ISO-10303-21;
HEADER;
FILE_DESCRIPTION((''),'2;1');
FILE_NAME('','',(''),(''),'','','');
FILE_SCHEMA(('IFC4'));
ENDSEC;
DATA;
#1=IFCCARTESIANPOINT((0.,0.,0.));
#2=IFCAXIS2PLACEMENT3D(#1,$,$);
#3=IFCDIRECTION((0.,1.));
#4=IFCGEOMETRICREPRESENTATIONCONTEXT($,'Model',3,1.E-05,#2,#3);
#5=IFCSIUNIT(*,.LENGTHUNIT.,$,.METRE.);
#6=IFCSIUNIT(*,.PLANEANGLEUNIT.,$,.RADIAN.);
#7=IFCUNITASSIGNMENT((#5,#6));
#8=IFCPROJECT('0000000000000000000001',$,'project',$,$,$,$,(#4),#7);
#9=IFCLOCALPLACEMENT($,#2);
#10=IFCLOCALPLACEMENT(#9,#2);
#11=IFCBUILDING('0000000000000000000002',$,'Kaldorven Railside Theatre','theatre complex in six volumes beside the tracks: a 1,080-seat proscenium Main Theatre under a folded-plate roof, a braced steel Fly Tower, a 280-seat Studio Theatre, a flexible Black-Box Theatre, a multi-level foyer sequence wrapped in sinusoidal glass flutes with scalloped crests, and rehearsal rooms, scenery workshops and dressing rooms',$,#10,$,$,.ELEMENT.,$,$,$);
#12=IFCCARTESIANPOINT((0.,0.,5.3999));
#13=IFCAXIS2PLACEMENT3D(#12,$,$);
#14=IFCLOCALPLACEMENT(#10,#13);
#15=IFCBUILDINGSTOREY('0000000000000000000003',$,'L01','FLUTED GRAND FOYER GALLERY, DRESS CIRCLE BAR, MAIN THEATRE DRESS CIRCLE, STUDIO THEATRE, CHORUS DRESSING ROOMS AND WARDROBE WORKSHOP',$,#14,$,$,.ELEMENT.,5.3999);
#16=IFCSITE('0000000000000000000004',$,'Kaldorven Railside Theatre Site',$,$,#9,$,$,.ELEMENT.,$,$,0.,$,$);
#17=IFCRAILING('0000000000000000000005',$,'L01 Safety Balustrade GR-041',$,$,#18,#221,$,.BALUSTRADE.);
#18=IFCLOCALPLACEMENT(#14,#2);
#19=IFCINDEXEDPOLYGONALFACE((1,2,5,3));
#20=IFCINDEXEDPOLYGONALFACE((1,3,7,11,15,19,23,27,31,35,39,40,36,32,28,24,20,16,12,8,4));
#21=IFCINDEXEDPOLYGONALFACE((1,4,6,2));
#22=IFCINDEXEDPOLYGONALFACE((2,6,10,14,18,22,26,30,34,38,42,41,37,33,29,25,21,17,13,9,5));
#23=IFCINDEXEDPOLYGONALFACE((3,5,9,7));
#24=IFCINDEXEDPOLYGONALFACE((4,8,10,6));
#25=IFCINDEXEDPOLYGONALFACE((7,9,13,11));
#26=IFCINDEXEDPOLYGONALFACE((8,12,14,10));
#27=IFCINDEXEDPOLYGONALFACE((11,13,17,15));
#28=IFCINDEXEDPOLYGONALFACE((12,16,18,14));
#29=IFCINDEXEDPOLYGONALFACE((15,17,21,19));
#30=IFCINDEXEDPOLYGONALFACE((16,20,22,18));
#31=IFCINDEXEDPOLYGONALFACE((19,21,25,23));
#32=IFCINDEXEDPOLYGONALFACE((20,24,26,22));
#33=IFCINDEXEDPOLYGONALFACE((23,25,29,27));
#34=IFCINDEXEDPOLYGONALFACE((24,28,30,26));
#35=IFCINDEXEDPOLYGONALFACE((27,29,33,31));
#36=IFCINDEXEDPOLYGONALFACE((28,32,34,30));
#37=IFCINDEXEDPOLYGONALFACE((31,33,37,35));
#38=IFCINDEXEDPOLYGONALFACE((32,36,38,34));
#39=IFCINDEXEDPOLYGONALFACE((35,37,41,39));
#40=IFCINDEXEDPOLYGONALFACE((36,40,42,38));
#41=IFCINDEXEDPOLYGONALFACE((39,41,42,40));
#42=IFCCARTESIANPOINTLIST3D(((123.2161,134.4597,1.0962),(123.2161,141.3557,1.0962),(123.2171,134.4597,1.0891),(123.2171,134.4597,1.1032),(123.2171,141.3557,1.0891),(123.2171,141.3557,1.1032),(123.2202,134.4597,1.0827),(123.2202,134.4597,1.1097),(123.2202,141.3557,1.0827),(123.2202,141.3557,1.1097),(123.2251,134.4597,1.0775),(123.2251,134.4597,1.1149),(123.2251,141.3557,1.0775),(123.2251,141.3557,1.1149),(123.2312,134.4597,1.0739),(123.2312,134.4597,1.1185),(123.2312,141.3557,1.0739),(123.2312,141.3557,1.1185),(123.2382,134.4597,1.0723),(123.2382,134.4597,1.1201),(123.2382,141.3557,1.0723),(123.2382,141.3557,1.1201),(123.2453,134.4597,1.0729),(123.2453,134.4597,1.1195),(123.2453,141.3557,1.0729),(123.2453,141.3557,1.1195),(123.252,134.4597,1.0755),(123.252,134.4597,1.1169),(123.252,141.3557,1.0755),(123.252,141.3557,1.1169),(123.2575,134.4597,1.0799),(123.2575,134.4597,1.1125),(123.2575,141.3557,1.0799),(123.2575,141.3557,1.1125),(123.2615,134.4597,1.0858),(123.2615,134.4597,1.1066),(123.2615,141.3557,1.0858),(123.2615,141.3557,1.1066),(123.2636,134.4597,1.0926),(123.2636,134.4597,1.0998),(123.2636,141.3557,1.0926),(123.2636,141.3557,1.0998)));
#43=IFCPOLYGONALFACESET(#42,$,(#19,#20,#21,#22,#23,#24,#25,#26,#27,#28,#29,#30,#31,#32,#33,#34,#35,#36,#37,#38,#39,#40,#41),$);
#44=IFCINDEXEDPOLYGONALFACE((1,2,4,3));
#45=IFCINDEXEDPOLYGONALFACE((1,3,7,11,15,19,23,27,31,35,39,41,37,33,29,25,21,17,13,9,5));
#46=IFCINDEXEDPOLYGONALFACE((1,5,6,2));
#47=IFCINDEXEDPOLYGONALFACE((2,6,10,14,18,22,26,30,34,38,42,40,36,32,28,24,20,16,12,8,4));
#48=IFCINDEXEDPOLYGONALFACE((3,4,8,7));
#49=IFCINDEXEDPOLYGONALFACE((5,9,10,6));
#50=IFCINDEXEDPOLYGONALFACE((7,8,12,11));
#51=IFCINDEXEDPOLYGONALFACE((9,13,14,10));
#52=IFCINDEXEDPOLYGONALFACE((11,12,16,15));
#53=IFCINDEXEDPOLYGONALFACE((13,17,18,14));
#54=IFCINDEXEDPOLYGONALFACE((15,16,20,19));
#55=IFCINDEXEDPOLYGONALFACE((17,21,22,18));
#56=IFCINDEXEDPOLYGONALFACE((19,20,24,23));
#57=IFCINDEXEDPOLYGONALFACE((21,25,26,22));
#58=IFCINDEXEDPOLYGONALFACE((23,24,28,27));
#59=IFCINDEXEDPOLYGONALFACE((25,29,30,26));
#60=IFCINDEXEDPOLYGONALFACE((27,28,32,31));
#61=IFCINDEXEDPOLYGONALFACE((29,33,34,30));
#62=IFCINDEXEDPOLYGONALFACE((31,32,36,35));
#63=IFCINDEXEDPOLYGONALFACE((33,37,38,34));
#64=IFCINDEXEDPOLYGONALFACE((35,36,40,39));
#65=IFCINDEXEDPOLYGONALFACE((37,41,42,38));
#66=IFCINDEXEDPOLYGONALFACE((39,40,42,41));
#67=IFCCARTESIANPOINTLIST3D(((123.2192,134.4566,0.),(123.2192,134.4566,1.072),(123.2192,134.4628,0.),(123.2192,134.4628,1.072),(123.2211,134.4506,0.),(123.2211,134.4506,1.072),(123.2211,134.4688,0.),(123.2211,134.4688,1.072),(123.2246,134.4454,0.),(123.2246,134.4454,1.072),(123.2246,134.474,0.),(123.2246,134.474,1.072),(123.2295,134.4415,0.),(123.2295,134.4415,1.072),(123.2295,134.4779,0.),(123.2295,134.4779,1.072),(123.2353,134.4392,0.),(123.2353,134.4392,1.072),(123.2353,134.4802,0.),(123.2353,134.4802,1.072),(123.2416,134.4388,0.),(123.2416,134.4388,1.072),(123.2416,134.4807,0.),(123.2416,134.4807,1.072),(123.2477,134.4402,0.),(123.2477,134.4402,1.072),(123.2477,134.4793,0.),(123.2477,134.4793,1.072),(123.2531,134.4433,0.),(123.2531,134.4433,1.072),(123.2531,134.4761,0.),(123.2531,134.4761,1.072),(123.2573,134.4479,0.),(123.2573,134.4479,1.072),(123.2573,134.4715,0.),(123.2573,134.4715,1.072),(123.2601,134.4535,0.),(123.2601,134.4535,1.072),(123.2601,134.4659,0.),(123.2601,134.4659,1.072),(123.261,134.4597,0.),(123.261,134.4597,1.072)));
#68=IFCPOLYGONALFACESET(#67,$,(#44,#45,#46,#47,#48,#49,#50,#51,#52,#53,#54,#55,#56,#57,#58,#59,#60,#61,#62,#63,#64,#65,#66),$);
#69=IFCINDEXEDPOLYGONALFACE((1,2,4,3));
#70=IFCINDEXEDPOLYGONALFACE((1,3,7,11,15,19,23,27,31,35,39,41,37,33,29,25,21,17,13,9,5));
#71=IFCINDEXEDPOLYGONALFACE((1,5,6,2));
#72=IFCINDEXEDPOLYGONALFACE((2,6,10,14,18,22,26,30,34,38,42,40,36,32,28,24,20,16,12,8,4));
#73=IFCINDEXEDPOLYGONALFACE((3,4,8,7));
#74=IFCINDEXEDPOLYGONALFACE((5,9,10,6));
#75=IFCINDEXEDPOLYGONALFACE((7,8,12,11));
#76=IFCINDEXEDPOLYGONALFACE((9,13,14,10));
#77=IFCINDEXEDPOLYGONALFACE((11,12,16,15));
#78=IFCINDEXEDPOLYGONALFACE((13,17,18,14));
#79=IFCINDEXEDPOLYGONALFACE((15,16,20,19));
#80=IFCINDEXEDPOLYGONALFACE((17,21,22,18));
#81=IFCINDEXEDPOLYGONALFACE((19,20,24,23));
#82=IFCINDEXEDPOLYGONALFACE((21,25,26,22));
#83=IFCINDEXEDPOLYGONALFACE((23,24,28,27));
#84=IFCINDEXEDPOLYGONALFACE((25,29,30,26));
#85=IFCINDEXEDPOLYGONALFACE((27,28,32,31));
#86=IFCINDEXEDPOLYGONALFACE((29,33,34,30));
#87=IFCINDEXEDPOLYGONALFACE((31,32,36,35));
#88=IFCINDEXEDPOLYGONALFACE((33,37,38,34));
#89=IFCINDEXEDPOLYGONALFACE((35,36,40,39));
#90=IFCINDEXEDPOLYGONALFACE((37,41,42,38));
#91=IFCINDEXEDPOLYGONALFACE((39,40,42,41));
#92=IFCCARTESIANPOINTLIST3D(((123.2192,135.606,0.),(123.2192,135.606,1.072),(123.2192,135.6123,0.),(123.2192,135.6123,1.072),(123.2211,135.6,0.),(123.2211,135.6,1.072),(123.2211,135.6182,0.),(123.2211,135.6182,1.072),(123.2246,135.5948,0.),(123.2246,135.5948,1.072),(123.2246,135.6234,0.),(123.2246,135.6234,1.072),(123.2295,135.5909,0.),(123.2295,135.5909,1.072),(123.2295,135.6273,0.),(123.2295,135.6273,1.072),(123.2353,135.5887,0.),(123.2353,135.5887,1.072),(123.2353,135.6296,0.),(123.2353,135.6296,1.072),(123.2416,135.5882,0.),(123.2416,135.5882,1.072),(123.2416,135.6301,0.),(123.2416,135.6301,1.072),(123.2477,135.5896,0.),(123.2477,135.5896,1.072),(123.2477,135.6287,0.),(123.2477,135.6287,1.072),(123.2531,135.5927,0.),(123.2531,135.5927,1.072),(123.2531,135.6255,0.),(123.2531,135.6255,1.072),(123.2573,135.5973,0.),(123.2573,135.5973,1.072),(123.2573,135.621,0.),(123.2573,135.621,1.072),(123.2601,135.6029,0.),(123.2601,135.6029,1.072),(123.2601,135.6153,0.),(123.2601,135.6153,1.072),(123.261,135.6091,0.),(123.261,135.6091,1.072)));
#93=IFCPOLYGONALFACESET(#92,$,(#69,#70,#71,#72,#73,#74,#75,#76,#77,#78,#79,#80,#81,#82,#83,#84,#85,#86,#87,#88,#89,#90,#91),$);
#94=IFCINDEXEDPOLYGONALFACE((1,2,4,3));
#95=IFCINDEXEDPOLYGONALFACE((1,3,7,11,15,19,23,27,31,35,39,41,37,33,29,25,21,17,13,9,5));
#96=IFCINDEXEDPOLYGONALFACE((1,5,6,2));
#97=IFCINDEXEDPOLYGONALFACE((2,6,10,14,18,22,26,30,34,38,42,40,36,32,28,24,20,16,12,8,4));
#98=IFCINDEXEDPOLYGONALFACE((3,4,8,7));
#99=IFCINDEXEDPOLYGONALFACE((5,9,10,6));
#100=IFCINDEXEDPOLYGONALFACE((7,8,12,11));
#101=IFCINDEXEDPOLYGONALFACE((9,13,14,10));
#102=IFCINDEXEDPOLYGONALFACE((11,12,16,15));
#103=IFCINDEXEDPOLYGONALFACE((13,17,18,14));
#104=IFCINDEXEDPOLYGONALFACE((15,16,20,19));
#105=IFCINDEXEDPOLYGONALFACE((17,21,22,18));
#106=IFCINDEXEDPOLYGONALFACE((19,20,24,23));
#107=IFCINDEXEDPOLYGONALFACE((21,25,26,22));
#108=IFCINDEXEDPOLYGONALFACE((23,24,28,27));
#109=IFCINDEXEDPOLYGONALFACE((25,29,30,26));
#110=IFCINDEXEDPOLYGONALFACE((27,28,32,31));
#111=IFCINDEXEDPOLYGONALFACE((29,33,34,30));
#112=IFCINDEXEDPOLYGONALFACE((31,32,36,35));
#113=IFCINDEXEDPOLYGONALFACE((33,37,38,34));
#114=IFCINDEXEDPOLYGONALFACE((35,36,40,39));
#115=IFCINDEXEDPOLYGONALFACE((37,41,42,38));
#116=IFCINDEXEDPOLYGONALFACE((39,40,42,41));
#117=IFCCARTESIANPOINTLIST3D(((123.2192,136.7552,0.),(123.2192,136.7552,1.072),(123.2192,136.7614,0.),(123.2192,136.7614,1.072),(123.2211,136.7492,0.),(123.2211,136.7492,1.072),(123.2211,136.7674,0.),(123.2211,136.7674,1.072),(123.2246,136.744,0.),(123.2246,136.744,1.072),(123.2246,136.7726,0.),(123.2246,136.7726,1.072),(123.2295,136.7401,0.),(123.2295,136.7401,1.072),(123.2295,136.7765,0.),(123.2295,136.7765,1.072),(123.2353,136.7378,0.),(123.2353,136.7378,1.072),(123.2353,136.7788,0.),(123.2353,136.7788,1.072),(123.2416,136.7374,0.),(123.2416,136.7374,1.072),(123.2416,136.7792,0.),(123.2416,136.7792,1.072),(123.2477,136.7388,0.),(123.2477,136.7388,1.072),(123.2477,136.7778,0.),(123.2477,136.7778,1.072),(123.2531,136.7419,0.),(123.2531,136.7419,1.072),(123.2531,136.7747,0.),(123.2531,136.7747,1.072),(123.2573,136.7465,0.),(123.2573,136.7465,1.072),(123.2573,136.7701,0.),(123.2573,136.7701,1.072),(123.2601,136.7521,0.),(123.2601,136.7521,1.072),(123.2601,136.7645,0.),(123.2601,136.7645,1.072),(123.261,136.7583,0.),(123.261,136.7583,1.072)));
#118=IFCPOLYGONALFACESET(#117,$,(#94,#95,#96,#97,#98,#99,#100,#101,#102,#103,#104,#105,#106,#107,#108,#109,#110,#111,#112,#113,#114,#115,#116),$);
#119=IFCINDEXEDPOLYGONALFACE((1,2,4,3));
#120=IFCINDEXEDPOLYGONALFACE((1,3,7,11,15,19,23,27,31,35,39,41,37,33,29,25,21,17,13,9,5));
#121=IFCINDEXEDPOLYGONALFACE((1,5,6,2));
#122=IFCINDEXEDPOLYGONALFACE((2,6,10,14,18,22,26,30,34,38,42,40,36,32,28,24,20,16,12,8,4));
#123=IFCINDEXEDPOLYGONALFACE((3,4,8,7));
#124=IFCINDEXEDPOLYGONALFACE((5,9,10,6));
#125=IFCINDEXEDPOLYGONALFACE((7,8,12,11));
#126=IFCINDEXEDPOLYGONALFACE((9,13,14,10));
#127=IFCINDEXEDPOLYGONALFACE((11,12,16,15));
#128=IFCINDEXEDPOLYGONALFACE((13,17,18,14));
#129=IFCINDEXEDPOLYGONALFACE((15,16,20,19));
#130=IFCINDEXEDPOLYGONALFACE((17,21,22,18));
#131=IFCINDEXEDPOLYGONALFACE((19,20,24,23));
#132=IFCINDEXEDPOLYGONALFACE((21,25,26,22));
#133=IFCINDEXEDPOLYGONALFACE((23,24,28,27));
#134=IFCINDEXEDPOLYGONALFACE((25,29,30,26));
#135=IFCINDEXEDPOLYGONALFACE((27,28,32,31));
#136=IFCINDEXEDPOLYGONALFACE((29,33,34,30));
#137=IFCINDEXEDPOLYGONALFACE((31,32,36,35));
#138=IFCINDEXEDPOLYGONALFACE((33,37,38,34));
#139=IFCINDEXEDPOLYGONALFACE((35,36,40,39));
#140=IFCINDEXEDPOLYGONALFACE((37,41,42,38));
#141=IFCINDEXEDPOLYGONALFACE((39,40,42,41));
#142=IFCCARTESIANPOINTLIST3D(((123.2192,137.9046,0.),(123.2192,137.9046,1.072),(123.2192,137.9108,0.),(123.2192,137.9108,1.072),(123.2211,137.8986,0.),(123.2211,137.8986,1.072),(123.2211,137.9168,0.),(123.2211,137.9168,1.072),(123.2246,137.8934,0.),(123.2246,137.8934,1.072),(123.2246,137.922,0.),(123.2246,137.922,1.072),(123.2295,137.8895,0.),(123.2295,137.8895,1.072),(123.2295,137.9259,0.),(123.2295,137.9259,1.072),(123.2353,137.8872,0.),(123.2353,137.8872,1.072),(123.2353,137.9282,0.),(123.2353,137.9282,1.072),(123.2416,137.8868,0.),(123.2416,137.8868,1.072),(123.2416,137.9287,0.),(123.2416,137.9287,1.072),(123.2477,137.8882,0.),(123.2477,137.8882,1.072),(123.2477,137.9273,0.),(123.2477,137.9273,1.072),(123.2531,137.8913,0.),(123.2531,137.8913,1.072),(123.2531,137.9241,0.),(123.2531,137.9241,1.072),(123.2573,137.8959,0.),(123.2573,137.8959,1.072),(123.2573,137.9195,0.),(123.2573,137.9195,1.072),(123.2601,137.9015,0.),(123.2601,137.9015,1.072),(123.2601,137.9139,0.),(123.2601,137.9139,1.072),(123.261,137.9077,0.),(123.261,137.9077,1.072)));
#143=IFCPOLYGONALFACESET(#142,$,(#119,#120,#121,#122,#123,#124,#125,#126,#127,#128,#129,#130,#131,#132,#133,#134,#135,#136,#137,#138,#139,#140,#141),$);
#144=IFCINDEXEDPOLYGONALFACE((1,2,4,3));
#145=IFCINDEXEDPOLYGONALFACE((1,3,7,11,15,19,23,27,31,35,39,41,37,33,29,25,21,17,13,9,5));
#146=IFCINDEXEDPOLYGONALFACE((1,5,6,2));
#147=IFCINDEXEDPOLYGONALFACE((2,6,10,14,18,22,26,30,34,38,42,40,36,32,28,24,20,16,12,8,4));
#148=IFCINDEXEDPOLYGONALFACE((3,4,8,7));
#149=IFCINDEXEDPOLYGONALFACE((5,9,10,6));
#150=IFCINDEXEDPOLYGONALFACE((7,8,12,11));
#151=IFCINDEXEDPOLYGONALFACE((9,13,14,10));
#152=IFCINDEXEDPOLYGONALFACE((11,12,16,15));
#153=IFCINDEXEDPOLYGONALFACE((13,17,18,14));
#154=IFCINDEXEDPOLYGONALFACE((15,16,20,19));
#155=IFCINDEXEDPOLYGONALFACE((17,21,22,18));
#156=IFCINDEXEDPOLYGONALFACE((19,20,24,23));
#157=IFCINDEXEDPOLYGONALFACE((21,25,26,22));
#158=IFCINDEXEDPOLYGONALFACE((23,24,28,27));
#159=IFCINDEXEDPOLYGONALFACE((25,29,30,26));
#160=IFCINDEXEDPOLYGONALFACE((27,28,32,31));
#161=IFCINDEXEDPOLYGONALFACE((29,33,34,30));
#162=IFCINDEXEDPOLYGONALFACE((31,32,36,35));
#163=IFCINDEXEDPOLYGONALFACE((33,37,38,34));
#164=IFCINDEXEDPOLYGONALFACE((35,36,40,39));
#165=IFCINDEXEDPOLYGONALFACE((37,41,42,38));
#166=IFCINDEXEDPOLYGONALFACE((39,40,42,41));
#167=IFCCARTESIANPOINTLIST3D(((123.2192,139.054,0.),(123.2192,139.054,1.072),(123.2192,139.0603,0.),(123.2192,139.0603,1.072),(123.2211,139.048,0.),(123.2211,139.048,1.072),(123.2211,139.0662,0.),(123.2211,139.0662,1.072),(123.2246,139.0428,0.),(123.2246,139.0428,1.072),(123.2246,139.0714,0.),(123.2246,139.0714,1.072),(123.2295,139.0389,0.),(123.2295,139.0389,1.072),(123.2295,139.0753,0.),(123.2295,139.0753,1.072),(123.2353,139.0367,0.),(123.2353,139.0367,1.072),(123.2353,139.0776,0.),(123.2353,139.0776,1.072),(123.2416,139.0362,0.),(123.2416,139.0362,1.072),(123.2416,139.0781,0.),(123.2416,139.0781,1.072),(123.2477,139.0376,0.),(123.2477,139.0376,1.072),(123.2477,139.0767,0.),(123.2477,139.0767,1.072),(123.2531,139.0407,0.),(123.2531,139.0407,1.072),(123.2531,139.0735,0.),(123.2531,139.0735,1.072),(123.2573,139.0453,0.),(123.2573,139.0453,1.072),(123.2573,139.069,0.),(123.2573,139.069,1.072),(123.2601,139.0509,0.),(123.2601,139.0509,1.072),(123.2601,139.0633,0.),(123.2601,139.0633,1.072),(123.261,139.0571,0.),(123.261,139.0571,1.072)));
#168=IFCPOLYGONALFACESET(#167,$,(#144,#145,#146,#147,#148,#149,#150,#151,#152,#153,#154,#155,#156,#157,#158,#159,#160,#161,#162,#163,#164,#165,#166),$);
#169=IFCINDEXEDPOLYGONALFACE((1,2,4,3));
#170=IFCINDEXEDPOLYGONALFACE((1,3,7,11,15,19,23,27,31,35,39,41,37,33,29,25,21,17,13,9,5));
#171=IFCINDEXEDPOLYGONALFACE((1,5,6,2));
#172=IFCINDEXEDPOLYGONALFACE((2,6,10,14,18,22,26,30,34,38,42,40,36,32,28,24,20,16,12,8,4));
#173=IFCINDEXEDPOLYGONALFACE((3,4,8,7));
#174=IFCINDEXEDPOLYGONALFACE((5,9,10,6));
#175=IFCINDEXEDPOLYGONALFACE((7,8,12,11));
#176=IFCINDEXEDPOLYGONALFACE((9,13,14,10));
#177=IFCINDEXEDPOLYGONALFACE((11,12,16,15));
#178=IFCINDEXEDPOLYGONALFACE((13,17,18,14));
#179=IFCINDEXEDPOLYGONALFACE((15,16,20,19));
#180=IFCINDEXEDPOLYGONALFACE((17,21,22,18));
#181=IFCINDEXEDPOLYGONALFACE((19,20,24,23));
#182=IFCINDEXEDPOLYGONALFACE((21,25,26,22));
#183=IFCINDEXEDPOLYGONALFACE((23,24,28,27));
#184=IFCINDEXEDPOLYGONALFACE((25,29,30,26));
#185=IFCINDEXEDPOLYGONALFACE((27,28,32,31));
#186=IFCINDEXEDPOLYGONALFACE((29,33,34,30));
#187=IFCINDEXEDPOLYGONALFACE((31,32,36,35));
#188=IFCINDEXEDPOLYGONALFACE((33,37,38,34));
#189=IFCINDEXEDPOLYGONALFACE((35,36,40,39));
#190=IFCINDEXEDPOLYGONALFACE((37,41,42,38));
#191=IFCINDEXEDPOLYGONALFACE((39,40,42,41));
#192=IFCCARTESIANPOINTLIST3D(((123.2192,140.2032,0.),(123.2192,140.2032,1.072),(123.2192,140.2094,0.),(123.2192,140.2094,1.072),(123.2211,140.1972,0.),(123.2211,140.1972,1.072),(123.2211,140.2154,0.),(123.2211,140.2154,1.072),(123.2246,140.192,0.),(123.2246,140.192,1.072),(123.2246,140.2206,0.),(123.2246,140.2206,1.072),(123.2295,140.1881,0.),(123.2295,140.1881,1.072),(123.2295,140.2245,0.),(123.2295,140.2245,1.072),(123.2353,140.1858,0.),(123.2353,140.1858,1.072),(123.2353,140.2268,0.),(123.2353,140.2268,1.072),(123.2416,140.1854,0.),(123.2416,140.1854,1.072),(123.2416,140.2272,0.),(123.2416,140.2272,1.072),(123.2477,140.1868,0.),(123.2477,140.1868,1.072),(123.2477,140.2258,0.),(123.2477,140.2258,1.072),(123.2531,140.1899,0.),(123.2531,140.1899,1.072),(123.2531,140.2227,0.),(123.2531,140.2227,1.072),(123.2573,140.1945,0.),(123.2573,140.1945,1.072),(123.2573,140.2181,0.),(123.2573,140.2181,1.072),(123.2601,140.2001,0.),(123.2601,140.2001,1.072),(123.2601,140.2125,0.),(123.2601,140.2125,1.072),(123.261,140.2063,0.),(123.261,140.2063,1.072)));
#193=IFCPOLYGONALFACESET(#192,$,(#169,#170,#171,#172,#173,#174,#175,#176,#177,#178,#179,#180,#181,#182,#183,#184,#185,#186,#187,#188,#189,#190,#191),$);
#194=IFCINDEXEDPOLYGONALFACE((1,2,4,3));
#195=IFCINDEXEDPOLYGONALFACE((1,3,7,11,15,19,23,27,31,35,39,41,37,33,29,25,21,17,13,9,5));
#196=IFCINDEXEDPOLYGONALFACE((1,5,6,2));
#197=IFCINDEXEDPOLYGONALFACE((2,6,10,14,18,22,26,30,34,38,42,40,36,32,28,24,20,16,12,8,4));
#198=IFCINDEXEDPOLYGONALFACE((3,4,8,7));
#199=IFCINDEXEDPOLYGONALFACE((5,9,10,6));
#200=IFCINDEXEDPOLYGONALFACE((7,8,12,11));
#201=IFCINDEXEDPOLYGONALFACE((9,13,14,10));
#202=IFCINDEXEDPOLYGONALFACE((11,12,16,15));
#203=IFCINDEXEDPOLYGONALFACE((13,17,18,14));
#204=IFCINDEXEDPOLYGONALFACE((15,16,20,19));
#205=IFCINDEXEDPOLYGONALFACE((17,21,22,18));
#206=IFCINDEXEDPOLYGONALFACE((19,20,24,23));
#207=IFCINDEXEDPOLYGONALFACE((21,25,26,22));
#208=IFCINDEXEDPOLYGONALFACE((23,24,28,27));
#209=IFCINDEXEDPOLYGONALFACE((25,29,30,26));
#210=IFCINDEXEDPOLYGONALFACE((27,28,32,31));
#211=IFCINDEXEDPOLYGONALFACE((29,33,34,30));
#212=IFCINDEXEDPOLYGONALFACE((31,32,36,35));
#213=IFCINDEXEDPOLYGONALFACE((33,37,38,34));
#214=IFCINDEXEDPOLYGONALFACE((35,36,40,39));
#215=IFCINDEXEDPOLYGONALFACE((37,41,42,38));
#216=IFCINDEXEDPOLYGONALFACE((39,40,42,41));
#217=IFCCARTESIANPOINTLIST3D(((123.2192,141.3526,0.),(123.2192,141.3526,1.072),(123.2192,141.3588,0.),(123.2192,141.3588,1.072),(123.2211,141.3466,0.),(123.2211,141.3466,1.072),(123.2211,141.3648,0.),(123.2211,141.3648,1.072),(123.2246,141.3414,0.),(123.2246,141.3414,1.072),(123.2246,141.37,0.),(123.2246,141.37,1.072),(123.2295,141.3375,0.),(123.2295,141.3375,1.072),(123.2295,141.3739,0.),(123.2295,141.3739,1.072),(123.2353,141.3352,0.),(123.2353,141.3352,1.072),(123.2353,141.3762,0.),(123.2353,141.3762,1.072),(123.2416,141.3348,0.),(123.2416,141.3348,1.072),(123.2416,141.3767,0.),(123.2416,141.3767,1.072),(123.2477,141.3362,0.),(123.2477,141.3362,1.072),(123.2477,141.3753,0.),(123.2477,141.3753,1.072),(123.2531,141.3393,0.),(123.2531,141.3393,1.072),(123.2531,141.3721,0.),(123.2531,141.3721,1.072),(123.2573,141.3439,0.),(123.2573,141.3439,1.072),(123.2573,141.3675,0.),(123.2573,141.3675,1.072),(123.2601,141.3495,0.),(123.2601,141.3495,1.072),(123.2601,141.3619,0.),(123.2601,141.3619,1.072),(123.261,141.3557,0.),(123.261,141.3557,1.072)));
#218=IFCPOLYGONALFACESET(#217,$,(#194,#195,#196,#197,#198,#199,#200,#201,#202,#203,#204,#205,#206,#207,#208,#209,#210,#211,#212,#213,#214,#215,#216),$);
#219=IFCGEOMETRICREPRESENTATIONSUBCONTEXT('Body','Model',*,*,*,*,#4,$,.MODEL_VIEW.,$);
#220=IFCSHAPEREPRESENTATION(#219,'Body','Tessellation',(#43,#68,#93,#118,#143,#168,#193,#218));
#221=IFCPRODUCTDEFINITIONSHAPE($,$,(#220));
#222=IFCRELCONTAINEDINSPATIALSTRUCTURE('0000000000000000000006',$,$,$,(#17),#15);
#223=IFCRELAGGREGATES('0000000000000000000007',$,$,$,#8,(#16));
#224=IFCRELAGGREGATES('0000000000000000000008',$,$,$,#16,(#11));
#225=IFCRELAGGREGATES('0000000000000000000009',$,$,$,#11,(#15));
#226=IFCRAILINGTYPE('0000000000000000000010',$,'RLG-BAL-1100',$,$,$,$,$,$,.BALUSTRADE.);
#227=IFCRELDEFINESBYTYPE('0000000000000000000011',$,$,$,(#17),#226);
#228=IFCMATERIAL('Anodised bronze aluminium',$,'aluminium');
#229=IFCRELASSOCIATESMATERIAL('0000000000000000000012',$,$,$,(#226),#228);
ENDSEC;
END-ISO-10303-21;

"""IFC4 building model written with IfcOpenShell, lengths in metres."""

from ifc_helpers import new_model, si_unit, direction, frame, origin, origin_2d, place, context, subcontext, project, spatial, circle, extrude, material, type_object, element, save


model = new_model("IFC4")

# Units and contexts
model_context = context("Model", 3, precision=1e-05, world=origin(), true_north=direction((0.0, 1.0)))
body_context = subcontext(model_context, "Body", "Model", "MODEL_VIEW")
ifc_project = project(units=[si_unit("LENGTHUNIT", "METRE"), si_unit("PLANEANGLEUNIT", "RADIAN")], contexts=[model_context])

# Site, building, storey
site_placement = place(None, origin())
site = spatial("IfcSite", under=ifc_project, at=site_placement, Name="Kaldorven Railside Theatre Site", CompositionType="ELEMENT", RefElevation=0.0)
building_placement = place(site_placement, origin())
building = spatial("IfcBuilding", under=site, at=building_placement, Name="Kaldorven Railside Theatre", Description="theatre complex in six volumes beside the tracks: a 1,080-seat proscenium Main Theatre under a folded-plate roof, a braced steel Fly Tower, a 280-seat Studio Theatre, a flexible Black-Box Theatre, a multi-level foyer sequence wrapped in sinusoidal glass flutes with scalloped crests, and rehearsal rooms, scenery workshops and dressing rooms", CompositionType="ELEMENT")
storey_placement = place(building_placement, frame((0.0, 0.0, 5.3999)))
storey = spatial("IfcBuildingStorey", under=building, at=storey_placement, Name="L01", Description="FLUTED GRAND FOYER GALLERY, DRESS CIRCLE BAR, MAIN THEATRE DRESS CIRCLE, STUDIO THEATRE, CHORUS DRESSING ROOMS AND WARDROBE WORKSHOP", CompositionType="ELEMENT", Elevation=5.3999)

# Railing
ifc_material_1 = material(Name="Anodised bronze aluminium", Category="aluminium")
railing_type = type_object("IfcRailingType", Name="RLG-BAL-1100", PredefinedType="BALUSTRADE", material=ifc_material_1)
railing_placement = place(storey_placement, frame((123.24, 134.4597, 0.0)))
element("IfcRailing", 1, at=railing_placement, inside=storey, type_object=railing_type, Name="L01 Safety Balustrade GR-041", PredefinedType="BALUSTRADE", context=body_context, shape_type="SweptSolid", body=[
    extrude(circle(Radius=0.0239, at=origin_2d()), frame((0.0, 0.0, 1.0962), z_axis=(0.0, 1.0, 0.0), x_axis=(-1.0, 0.0, 0.0)), (0.0, 0.0, 1.0), 6.896),
    extrude(circle(Radius=0.021, at=origin_2d()), origin(), (0.0, 0.0, 1.0), 1.072),
    extrude(circle(Radius=0.021, at=origin_2d()), frame((0.0, 1.1494, 0.0)), (0.0, 0.0, 1.0), 1.072),
    extrude(circle(Radius=0.021, at=origin_2d()), frame((0.0, 2.2986, 0.0)), (0.0, 0.0, 1.0), 1.072),
    extrude(circle(Radius=0.021, at=origin_2d()), frame((0.0, 3.448, 0.0)), (0.0, 0.0, 1.0), 1.072),
    extrude(circle(Radius=0.021, at=origin_2d()), frame((0.0, 4.5974, 0.0)), (0.0, 0.0, 1.0), 1.072),
    extrude(circle(Radius=0.021, at=origin_2d()), frame((0.0, 5.7466, 0.0)), (0.0, 0.0, 1.0), 1.072),
    extrude(circle(Radius=0.021, at=origin_2d()), frame((0.0, 6.896, 0.0)), (0.0, 0.0, 1.0), 1.072),
])

save(model, "model.ifc")
